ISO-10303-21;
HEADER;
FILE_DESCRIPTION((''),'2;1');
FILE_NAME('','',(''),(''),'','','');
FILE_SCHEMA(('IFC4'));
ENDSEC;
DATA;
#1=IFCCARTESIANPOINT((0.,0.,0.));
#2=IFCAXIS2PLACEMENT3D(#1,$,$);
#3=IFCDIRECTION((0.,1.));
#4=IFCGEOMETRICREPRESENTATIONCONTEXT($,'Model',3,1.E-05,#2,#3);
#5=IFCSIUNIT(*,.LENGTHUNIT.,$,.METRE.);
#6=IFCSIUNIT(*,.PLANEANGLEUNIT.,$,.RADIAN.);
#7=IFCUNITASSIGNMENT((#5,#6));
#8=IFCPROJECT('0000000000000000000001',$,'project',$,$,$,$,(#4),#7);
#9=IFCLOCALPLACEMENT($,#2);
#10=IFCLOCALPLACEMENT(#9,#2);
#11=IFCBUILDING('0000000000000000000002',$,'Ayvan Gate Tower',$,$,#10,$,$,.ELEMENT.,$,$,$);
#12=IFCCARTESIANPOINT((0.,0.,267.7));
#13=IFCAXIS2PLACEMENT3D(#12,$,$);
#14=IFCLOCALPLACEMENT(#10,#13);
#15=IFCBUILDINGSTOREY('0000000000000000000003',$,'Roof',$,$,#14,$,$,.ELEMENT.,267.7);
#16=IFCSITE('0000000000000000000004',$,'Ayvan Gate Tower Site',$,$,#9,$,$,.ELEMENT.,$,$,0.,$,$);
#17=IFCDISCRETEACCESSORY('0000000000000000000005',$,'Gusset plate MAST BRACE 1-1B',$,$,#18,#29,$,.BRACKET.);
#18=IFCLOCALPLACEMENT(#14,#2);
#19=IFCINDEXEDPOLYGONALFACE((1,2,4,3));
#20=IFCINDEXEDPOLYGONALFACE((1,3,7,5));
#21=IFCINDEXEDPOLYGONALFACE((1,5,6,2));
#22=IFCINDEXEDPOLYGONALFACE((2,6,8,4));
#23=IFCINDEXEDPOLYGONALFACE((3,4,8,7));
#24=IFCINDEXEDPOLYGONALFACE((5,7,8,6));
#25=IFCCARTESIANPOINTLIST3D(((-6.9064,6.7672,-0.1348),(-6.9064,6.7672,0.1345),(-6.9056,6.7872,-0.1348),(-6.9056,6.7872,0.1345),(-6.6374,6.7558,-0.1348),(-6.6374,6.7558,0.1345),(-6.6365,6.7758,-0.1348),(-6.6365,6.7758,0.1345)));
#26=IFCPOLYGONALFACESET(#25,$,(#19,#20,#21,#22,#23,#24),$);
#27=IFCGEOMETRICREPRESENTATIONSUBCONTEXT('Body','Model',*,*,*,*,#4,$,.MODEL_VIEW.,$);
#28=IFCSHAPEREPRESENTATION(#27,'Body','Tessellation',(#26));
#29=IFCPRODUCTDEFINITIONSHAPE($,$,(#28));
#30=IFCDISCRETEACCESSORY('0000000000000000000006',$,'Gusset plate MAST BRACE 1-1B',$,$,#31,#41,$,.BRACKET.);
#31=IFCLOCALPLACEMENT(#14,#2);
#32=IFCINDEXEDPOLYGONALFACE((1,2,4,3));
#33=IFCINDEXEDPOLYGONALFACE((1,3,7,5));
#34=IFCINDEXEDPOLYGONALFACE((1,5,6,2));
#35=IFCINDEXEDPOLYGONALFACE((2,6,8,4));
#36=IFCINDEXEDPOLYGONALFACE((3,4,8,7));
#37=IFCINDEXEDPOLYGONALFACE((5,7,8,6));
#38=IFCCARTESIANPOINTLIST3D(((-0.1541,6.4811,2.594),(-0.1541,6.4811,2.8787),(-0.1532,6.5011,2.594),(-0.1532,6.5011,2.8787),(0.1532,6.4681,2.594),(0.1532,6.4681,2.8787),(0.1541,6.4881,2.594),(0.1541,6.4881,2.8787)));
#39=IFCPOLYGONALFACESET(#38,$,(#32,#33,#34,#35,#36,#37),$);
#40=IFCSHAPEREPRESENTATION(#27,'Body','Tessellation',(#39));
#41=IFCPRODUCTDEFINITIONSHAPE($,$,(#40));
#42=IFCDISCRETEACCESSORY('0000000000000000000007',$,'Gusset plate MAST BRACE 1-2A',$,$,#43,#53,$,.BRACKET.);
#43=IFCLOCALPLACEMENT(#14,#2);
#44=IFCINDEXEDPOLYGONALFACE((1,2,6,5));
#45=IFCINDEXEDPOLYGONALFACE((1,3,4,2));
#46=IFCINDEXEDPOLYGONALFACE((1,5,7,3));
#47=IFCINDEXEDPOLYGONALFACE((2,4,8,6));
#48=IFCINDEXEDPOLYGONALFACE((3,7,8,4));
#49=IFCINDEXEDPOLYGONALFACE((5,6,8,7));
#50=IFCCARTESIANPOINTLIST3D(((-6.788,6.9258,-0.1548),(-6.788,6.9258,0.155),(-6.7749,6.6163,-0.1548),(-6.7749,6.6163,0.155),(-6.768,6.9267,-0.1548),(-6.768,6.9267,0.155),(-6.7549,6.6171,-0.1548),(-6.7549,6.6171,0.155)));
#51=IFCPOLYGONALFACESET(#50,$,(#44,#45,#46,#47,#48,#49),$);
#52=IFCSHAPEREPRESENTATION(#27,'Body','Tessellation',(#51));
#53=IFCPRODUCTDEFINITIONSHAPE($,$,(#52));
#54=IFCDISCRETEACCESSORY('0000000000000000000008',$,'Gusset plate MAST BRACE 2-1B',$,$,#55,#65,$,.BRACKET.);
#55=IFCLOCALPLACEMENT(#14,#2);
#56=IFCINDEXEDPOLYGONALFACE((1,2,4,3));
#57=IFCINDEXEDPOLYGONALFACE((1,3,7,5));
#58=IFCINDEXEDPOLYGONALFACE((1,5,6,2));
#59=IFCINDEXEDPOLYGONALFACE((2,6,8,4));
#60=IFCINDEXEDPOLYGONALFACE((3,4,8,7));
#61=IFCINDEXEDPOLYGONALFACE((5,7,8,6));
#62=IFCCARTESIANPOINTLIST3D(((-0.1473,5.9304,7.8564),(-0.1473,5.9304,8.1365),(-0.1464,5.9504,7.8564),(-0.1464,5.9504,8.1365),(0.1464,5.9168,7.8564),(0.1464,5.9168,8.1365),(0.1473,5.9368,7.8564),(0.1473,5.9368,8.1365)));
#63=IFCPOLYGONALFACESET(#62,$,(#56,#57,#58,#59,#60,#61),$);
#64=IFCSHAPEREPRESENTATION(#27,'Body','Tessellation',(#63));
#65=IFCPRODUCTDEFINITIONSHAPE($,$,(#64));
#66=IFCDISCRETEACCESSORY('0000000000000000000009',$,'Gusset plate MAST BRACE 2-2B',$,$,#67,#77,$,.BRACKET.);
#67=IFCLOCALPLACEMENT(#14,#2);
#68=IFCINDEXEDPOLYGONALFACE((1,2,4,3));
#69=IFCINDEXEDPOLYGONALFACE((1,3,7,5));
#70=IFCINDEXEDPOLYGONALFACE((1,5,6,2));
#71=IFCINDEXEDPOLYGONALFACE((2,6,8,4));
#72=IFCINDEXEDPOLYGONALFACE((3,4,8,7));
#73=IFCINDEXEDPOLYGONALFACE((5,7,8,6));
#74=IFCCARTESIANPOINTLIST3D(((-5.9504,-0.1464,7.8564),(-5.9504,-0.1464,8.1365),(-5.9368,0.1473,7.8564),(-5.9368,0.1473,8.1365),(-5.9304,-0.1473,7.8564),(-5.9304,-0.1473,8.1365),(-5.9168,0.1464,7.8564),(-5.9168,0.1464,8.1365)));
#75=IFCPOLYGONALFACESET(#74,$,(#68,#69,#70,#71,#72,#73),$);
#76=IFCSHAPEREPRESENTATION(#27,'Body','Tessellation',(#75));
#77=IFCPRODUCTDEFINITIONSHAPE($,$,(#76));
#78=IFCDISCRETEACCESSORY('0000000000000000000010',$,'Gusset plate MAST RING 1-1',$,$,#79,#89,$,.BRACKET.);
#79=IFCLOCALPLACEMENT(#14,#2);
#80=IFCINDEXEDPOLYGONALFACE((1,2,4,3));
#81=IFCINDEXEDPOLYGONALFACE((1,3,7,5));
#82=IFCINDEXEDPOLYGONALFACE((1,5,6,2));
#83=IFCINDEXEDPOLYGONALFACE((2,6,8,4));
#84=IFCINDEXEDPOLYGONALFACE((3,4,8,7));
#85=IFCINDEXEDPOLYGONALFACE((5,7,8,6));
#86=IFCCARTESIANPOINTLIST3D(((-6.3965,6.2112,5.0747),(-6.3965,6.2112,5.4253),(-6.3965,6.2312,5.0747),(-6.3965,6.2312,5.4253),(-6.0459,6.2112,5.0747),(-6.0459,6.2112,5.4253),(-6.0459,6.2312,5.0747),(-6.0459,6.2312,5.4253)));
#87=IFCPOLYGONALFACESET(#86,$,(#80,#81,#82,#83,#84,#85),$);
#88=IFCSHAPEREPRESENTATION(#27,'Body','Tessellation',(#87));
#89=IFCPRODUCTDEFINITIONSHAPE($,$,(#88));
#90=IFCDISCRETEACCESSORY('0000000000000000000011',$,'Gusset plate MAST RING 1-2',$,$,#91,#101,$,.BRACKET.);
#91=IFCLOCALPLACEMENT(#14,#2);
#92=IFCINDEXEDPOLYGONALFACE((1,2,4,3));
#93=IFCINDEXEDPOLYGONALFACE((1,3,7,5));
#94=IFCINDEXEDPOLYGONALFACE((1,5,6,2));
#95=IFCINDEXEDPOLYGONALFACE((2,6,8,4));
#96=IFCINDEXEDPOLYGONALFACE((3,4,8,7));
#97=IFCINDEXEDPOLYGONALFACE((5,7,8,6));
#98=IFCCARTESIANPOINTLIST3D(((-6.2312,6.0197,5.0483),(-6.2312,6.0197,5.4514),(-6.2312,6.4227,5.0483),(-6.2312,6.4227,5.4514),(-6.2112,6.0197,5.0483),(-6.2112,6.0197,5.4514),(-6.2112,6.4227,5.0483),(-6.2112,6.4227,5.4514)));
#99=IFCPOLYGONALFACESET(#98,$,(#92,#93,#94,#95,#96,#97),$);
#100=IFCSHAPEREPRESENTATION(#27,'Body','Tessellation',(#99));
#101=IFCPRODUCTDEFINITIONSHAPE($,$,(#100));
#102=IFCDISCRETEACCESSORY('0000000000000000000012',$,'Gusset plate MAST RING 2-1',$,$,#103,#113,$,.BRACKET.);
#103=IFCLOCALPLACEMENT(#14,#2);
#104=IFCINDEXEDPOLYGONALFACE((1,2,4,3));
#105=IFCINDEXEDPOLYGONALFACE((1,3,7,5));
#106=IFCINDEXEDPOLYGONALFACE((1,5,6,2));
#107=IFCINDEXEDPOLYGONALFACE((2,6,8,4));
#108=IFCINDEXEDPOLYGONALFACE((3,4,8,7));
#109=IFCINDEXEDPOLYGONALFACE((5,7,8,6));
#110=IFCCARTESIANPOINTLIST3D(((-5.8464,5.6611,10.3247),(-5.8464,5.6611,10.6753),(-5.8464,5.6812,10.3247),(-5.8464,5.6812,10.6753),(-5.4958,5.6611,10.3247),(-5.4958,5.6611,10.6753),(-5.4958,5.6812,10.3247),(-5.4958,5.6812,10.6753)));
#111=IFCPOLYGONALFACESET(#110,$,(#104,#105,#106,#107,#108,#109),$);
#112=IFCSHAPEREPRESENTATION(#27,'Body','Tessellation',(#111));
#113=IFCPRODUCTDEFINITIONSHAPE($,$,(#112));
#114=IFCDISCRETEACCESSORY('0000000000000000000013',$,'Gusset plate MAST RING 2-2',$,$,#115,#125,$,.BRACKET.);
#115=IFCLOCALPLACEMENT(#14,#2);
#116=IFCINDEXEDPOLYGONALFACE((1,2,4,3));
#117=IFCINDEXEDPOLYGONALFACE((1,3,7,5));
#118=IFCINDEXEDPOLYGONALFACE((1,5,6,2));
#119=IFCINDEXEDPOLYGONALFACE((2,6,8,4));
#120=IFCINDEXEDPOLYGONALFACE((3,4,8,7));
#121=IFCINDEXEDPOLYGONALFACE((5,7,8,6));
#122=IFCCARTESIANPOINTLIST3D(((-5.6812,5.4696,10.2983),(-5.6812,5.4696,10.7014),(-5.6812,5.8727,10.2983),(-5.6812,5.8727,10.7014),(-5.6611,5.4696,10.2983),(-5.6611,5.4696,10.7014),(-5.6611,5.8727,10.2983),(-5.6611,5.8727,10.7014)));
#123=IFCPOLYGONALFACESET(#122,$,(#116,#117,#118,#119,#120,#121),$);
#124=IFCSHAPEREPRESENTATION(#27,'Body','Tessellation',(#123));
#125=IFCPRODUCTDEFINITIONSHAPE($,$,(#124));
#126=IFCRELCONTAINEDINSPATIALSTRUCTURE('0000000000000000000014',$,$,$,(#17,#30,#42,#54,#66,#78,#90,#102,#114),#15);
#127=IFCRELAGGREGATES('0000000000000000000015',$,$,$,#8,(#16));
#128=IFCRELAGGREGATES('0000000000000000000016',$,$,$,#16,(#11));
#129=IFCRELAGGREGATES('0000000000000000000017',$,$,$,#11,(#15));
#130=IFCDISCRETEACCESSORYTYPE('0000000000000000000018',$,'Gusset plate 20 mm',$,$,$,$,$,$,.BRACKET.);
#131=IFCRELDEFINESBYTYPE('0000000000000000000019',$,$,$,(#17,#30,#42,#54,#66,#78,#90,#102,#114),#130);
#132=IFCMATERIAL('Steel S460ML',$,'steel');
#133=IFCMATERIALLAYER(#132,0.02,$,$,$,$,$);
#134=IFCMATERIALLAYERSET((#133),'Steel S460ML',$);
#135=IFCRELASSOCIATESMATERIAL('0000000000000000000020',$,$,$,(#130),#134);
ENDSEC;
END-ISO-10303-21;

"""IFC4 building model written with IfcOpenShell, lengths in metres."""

from ifc_helpers import new_model, si_unit, direction, frame, origin, origin_2d, place, context, subcontext, project, spatial, rectangle, extrude, material, layer, layer_set, type_object, element, save


model = new_model("IFC4")

# Units and contexts
model_context = context("Model", 3, precision=1e-05, world=origin(), true_north=direction((0.0, 1.0)))
body_context = subcontext(model_context, "Body", "Model", "MODEL_VIEW")
ifc_project = project(units=[si_unit("LENGTHUNIT", "METRE"), si_unit("PLANEANGLEUNIT", "RADIAN")], contexts=[model_context])

# Site, building, storey
site_placement = place(None, origin())
site = spatial("IfcSite", under=ifc_project, at=site_placement, Name="Ayvan Gate Tower Site", CompositionType="ELEMENT", RefElevation=0.0)
building_placement = place(site_placement, origin())
building = spatial("IfcBuilding", under=site, at=building_placement, Name="Ayvan Gate Tower", CompositionType="ELEMENT")
storey_placement = place(building_placement, frame((0.0, 0.0, 267.7)))
storey = spatial("IfcBuildingStorey", under=building, at=storey_placement, Name="Roof", CompositionType="ELEMENT", Elevation=267.7)

# Discrete accessories
ifc_material_1 = material(Name="Steel S460ML", Category="steel")
ifc_layer_1 = layer(ifc_material_1, 0.02)
ifc_layer_set_1 = layer_set([ifc_layer_1], Name="Steel S460ML")
discrete_accessory_type = type_object("IfcDiscreteAccessoryType", Name="Gusset plate 20 mm", PredefinedType="BRACKET", material=ifc_layer_set_1)
discrete_accessory_1_placement = place(storey_placement, frame((-6.7715, 6.7715, -0.1348), z_axis=(0.0, 0.0, 1.0), x_axis=(-0.999105, 0.042308, 0.0)))
element("IfcDiscreteAccessory", 1, at=discrete_accessory_1_placement, inside=storey, type_object=discrete_accessory_type, Name="Gusset plate MAST BRACE 1-1B", PredefinedType="BRACKET", context=body_context, shape_type="SweptSolid", body=[
    extrude(rectangle(XDim=0.2693, YDim=0.02, at=origin_2d()), origin(), (0.0, 0.0, 1.0), 0.2693),
])
discrete_accessory_2_placement = place(storey_placement, frame((0.0, 6.4846, 2.594), z_axis=(0.0, 0.0, 1.0), x_axis=(-0.999105, 0.042308, 0.0)))
element("IfcDiscreteAccessory", 2, at=discrete_accessory_2_placement, inside=storey, type_object=discrete_accessory_type, Name="Gusset plate MAST BRACE 1-1B", PredefinedType="BRACKET", context=body_context, shape_type="SweptSolid", body=[
    extrude(rectangle(XDim=0.3076, YDim=0.02, at=origin_2d()), origin(), (0.0, 0.0, 1.0), 0.2847),
])
discrete_accessory_3_placement = place(storey_placement, frame((-6.7715, 6.7715, -0.1548), z_axis=(0.0, 0.0, 1.0), x_axis=(-0.042308, 0.999105, 0.0)))
element("IfcDiscreteAccessory", 3, at=discrete_accessory_3_placement, inside=storey, type_object=discrete_accessory_type, Name="Gusset plate MAST BRACE 1-2A", PredefinedType="BRACKET", context=body_context, shape_type="SweptSolid", body=[
    extrude(rectangle(XDim=0.3098, YDim=0.02, at=origin_2d()), origin(), (0.0, 0.0, 1.0), 0.3098),
])
for number, where, z_axis, x_axis, name in (
    (4, (0.0, 5.9336, 7.8564), (0.0, 0.0, 1.0), (-0.998932, 0.046214, 0.0), "Gusset plate MAST BRACE 2-1B"),
    (5, (-5.9336, 0.0, 7.8564), (0.0, 0.0, 1.0), (0.046214, 0.998932, 0.0), "Gusset plate MAST BRACE 2-2B"),
):
    element("IfcDiscreteAccessory", number, at=place(storey_placement, frame(where, z_axis=z_axis, x_axis=x_axis)), inside=storey, type_object=discrete_accessory_type, Name=name, PredefinedType="BRACKET", context=body_context, shape_type="SweptSolid", body=[
        extrude(rectangle(XDim=0.2939, YDim=0.02, at=origin_2d()), origin(), (0.0, 0.0, 1.0), 0.28),
    ])
discrete_accessory_4_placement = place(storey_placement, frame((-6.2212, 6.2212, 5.0747), z_axis=(0.0, 0.0, 1.0), x_axis=(1.0, 0.0, 0.0)))
element("IfcDiscreteAccessory", 6, at=discrete_accessory_4_placement, inside=storey, type_object=discrete_accessory_type, Name="Gusset plate MAST RING 1-1", PredefinedType="BRACKET", context=body_context, shape_type="SweptSolid", body=[
    extrude(rectangle(XDim=0.3506, YDim=0.02, at=origin_2d()), origin(), (0.0, 0.0, 1.0), 0.3506),
])
discrete_accessory_5_placement = place(storey_placement, frame((-6.2212, 6.2212, 5.0483), z_axis=(0.0, 0.0, 1.0), x_axis=(0.0, 1.0, 0.0)))
element("IfcDiscreteAccessory", 7, at=discrete_accessory_5_placement, inside=storey, type_object=discrete_accessory_type, Name="Gusset plate MAST RING 1-2", PredefinedType="BRACKET", context=body_context, shape_type="SweptSolid", body=[
    extrude(rectangle(XDim=0.4031, YDim=0.02, at=origin_2d()), origin(), (0.0, 0.0, 1.0), 0.4031),
])
discrete_accessory_6_placement = place(storey_placement, frame((-5.6711, 5.6711, 10.3247), z_axis=(0.0, 0.0, 1.0), x_axis=(1.0, 0.0, 0.0)))
element("IfcDiscreteAccessory", 8, at=discrete_accessory_6_placement, inside=storey, type_object=discrete_accessory_type, Name="Gusset plate MAST RING 2-1", PredefinedType="BRACKET", context=body_context, shape_type="SweptSolid", body=[
    extrude(rectangle(XDim=0.3506, YDim=0.02, at=origin_2d()), origin(), (0.0, 0.0, 1.0), 0.3506),
])
discrete_accessory_7_placement = place(storey_placement, frame((-5.6711, 5.6711, 10.2983), z_axis=(0.0, 0.0, 1.0), x_axis=(0.0, 1.0, 0.0)))
element("IfcDiscreteAccessory", 9, at=discrete_accessory_7_placement, inside=storey, type_object=discrete_accessory_type, Name="Gusset plate MAST RING 2-2", PredefinedType="BRACKET", context=body_context, shape_type="SweptSolid", body=[
    extrude(rectangle(XDim=0.4031, YDim=0.02, at=origin_2d()), origin(), (0.0, 0.0, 1.0), 0.4031),
])

save(model, "model.ifc")
